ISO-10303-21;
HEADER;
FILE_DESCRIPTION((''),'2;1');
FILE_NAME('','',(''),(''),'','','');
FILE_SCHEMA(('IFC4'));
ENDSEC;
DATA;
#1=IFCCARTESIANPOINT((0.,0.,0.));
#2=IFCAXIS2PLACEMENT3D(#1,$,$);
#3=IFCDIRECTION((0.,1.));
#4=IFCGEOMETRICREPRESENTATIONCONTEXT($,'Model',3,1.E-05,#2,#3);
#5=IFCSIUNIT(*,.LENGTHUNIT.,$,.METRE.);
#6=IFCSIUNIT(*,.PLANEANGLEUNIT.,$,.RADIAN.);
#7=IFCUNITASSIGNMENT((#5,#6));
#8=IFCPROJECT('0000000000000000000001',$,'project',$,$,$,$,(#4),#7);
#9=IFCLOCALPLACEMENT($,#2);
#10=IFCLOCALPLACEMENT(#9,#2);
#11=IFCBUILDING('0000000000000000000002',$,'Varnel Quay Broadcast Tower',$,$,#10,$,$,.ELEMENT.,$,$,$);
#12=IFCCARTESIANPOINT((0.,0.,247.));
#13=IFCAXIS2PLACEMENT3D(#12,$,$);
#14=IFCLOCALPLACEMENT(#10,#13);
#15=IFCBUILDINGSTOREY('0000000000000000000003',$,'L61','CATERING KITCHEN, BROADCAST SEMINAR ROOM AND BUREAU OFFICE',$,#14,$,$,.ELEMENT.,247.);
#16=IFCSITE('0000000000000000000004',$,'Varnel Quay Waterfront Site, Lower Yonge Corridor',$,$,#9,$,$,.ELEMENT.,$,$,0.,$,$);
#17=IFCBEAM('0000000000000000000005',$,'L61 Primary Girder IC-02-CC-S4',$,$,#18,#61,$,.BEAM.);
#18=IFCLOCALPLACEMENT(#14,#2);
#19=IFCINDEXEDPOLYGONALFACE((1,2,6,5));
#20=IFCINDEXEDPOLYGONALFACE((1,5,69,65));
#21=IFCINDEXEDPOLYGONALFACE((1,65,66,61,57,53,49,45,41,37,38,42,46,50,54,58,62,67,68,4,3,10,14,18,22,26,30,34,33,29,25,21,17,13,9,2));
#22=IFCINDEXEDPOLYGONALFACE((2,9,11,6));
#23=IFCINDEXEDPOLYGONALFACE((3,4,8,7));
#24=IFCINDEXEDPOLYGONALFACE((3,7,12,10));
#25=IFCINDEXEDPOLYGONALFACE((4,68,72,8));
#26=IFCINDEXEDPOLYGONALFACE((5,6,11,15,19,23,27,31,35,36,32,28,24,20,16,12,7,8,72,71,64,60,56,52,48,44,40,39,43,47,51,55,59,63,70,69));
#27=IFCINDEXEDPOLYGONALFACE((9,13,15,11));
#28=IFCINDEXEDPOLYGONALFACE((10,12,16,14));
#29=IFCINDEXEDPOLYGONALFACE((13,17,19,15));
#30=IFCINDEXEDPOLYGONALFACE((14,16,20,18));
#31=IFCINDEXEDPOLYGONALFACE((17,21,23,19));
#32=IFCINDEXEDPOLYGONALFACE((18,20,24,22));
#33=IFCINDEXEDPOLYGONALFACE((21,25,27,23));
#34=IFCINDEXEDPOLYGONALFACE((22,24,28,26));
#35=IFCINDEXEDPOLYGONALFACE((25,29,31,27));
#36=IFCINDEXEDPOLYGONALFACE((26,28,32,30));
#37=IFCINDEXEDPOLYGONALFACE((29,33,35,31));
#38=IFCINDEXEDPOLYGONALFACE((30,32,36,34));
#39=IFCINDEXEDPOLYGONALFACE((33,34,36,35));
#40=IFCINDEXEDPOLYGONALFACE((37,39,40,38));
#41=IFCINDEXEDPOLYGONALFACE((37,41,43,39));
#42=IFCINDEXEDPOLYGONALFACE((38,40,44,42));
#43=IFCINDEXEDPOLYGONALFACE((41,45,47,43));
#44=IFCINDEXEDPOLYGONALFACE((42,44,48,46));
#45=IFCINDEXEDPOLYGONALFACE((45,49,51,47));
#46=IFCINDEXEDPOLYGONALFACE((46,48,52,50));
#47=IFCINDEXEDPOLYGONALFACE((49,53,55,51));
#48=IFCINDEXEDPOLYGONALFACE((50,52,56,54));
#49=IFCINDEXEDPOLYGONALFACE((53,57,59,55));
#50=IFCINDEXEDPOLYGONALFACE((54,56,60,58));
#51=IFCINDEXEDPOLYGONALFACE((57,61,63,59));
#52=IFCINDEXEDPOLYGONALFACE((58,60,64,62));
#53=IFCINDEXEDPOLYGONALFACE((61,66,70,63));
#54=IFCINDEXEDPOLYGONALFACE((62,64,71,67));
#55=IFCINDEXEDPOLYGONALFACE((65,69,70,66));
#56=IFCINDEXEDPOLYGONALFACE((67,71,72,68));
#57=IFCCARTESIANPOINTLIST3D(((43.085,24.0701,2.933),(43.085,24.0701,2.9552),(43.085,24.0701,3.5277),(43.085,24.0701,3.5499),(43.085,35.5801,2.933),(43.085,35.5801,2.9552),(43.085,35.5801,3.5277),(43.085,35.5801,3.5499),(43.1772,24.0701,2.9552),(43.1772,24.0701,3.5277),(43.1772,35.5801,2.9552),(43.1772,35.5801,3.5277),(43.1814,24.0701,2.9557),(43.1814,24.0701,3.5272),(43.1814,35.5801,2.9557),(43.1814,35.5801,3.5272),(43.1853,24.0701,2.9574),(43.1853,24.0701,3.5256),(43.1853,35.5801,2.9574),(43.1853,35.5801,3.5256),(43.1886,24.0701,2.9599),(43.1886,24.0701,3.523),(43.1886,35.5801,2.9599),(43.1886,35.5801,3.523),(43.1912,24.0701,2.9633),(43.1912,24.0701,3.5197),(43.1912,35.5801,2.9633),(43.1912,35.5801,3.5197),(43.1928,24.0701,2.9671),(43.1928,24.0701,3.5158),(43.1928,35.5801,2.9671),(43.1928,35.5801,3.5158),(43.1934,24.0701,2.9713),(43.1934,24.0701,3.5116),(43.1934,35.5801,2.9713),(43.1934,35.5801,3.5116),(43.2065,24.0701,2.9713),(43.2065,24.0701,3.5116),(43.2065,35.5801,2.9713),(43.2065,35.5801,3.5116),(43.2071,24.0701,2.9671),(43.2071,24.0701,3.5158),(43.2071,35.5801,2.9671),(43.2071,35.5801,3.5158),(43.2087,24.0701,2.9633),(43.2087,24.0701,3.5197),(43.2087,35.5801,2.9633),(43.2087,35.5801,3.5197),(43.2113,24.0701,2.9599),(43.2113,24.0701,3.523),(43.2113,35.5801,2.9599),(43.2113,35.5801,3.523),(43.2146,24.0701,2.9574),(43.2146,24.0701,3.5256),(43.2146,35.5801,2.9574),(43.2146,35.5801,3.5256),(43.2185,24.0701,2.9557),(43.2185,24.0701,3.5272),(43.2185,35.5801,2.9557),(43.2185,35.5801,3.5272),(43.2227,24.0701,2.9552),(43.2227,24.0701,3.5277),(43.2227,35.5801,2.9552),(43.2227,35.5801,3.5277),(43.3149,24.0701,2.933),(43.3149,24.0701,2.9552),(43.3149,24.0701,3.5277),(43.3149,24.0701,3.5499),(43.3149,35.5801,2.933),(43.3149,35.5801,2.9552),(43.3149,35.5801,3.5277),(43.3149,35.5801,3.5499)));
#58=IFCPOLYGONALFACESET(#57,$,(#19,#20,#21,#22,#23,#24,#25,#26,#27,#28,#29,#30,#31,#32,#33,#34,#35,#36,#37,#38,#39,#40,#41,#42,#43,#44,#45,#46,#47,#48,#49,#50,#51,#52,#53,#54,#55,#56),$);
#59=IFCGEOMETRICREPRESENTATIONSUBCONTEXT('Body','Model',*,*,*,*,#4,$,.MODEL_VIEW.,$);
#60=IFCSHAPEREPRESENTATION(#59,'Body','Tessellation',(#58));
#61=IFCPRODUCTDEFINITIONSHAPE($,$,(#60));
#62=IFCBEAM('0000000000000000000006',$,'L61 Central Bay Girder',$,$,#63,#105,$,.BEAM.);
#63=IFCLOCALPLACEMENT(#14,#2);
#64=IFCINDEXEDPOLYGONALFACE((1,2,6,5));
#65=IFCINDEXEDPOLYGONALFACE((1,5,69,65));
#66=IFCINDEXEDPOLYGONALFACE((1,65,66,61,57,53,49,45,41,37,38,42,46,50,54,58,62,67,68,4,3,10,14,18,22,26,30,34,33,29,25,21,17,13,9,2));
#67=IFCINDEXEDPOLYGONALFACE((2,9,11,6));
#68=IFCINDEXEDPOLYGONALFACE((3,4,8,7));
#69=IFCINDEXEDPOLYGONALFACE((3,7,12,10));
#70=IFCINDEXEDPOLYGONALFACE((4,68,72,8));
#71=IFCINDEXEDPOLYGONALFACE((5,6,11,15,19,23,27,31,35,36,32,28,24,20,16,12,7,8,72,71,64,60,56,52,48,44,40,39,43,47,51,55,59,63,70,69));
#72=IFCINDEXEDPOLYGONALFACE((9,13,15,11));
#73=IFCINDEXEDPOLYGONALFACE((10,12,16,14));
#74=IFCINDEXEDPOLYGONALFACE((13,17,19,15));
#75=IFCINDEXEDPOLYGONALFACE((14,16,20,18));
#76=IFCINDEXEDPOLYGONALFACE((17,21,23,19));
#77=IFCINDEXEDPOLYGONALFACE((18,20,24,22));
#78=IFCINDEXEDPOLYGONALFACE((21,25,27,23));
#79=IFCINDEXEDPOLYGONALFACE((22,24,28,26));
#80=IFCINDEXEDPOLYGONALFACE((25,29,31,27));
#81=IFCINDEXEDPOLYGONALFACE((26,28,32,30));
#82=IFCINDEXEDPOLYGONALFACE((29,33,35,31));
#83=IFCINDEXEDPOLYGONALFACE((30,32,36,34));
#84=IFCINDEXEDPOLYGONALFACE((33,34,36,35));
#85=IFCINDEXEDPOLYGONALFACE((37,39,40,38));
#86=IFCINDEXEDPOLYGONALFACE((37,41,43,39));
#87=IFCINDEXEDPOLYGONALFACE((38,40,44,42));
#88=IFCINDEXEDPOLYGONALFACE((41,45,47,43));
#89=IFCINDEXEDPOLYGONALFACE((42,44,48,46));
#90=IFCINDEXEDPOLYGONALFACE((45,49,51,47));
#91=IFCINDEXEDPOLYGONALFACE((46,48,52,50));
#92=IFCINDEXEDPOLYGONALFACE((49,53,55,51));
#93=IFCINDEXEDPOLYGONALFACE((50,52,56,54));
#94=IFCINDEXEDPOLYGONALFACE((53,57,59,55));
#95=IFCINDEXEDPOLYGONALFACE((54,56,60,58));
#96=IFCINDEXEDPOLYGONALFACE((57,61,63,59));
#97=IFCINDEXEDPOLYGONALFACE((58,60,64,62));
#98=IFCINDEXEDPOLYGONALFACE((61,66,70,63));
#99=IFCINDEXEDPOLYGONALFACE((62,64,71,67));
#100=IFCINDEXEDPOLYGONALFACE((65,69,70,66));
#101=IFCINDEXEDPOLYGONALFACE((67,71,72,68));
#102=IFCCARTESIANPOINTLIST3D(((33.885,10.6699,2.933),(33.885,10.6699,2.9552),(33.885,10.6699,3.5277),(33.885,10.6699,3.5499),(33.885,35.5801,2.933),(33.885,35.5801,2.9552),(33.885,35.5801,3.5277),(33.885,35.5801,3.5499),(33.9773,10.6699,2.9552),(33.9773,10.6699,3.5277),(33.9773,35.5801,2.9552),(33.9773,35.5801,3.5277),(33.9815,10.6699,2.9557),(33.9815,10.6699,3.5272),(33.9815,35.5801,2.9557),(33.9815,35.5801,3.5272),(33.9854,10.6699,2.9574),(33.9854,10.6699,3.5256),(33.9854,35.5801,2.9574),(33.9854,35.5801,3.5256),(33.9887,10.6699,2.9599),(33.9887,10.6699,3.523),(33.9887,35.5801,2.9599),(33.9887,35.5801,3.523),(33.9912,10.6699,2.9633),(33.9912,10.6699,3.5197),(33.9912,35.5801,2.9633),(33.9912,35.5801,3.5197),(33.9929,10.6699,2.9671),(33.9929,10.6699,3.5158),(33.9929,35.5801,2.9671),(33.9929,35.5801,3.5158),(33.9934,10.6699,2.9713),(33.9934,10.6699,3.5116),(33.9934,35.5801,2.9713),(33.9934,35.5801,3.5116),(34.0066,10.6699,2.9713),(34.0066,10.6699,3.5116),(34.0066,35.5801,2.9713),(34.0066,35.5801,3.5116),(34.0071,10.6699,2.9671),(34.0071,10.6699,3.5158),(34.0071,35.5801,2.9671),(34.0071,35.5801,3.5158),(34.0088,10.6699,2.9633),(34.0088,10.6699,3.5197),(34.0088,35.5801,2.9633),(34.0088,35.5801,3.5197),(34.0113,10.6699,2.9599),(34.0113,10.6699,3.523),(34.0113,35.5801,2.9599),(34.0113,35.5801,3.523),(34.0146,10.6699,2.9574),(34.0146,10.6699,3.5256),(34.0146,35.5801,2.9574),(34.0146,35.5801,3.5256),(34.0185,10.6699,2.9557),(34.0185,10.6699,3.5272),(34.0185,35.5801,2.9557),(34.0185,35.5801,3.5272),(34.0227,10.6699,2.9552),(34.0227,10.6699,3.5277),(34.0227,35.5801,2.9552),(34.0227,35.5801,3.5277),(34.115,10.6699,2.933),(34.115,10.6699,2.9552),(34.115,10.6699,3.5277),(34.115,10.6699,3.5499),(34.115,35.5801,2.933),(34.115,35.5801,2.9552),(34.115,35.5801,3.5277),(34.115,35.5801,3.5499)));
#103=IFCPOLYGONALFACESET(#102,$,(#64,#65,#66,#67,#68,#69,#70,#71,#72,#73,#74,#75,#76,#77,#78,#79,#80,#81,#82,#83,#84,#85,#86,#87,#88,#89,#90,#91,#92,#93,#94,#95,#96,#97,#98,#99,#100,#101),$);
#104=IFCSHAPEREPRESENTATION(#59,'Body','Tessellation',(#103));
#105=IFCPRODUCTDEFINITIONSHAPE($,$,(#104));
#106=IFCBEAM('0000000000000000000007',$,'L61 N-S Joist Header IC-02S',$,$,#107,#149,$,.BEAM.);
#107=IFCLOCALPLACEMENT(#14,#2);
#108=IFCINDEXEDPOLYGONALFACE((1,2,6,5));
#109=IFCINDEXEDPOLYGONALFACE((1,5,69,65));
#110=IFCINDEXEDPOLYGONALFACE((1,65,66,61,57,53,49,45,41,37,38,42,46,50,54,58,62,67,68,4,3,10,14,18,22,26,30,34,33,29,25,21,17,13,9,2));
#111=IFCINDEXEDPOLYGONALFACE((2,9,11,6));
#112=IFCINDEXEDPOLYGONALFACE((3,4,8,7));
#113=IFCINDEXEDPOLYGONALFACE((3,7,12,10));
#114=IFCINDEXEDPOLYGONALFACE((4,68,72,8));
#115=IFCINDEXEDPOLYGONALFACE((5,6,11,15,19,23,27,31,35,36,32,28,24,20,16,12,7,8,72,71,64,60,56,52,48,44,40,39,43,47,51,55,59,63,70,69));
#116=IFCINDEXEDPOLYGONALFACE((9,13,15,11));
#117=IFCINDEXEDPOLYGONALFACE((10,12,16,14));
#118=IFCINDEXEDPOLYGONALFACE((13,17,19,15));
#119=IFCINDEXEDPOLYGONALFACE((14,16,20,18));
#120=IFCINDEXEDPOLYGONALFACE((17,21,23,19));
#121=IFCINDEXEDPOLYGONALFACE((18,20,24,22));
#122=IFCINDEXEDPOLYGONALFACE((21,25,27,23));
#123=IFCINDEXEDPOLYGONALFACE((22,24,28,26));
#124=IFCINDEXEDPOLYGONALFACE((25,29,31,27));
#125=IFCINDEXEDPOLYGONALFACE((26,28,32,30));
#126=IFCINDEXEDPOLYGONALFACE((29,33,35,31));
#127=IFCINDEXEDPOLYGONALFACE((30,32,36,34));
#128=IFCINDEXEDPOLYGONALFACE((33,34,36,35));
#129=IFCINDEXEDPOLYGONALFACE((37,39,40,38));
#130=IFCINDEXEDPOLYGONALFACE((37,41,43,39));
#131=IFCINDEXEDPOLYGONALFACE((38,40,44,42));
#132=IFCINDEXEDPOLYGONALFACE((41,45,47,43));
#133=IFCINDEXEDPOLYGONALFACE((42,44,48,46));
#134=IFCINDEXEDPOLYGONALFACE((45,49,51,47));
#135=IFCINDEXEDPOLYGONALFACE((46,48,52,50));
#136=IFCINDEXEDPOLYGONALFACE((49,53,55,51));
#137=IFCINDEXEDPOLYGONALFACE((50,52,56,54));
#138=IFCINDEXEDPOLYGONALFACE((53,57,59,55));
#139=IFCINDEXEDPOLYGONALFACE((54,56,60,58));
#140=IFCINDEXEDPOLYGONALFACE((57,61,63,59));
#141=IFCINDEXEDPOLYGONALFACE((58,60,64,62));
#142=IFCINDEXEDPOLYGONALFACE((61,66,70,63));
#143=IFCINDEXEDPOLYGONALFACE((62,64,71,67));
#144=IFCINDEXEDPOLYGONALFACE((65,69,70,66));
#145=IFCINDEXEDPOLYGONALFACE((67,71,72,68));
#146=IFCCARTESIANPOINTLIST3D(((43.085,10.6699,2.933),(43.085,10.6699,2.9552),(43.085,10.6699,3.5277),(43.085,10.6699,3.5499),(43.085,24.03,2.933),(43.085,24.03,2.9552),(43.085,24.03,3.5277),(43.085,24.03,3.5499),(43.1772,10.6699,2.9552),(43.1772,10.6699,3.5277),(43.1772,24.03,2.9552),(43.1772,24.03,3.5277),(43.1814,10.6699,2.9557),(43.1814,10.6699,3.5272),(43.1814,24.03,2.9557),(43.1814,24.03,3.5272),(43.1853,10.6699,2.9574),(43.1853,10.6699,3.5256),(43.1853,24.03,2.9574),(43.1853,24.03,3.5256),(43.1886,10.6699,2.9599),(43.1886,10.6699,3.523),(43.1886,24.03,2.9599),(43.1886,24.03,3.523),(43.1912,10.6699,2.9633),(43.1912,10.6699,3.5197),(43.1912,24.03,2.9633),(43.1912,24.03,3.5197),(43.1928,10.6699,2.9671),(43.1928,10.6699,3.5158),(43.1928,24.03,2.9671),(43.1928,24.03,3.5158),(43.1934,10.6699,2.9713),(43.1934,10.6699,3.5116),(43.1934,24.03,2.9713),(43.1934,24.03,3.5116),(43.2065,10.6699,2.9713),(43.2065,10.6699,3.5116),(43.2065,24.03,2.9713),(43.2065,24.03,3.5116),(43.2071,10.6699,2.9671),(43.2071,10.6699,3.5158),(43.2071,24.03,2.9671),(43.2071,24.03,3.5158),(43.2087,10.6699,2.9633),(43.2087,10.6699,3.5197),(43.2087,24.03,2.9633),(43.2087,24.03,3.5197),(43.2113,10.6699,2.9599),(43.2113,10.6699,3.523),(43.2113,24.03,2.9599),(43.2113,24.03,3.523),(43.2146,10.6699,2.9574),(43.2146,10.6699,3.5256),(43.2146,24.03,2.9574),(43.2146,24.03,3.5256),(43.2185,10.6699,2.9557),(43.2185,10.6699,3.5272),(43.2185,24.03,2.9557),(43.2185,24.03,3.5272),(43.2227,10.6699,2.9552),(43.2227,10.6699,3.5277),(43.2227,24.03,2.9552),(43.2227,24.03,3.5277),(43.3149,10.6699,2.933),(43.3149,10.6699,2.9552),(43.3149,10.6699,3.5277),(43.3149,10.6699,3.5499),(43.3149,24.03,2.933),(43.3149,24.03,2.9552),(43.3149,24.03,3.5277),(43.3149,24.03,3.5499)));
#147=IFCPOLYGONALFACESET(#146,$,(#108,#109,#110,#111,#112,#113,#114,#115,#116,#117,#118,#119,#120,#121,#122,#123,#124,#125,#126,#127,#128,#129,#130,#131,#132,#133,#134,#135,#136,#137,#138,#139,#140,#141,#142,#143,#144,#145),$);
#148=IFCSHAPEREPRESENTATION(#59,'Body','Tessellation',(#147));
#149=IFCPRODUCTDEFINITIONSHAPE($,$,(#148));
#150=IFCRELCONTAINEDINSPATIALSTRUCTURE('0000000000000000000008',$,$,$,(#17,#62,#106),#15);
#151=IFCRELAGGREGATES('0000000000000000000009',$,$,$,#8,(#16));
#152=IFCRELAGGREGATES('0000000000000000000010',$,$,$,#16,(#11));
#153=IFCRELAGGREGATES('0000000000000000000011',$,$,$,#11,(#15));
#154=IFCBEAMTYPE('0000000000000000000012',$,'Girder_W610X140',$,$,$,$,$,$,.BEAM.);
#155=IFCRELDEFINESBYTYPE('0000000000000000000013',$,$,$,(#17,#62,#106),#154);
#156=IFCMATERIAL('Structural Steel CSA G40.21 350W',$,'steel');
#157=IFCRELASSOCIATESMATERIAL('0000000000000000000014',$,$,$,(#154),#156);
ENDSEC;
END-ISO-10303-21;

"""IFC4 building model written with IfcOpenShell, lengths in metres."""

from ifc_helpers import new_model, si_unit, direction, frame, origin, origin_2d, place, context, subcontext, project, spatial, i_section, extrude, source, transform, mapped, material, material_profile, profile_set, type_object, element, save


model = new_model("IFC4")

# Units and contexts
model_context = context("Model", 3, precision=1e-05, world=origin(), true_north=direction((0.0, 1.0)))
body_context = subcontext(model_context, "Body", "Model", "MODEL_VIEW")
ifc_project = project(units=[si_unit("LENGTHUNIT", "METRE"), si_unit("PLANEANGLEUNIT", "RADIAN")], contexts=[model_context])

# Site, building, storey
site_placement = place(None, origin())
site = spatial("IfcSite", under=ifc_project, at=site_placement, Name="Varnel Quay Waterfront Site, Lower Yonge Corridor", CompositionType="ELEMENT", RefElevation=0.0)
building_placement = place(site_placement, origin())
building = spatial("IfcBuilding", under=site, at=building_placement, Name="Varnel Quay Broadcast Tower", CompositionType="ELEMENT")
storey_placement = place(building_placement, frame((0.0, 0.0, 247.0)))
storey = spatial("IfcBuildingStorey", under=building, at=storey_placement, Name="L61", Description="CATERING KITCHEN, BROADCAST SEMINAR ROOM AND BUREAU OFFICE", CompositionType="ELEMENT", Elevation=247.0)

# Shared definitions
ifc_material_1 = material(Name="Structural Steel CSA G40.21 350W", Category="steel")

# Beams
ifc_material_profile_1 = material_profile(ifc_material_1, i_section(OverallWidth=0.23, OverallDepth=0.6169, WebThickness=0.0132, FlangeThickness=0.0222, FilletRadius=0.0161, at=origin_2d()), Name="W610X140")
ifc_profile_set_1 = profile_set([ifc_material_profile_1], Name="Structural Steel CSA G40.21 350W")
beam_type_1 = type_object("IfcBeamType", Name="Girder_W610X140", PredefinedType="BEAM", material=ifc_profile_set_1)
shared_shape_1 = source(origin(), body_context, "Body", "SweptSolid", [
    extrude(i_section(OverallWidth=0.23, OverallDepth=0.6169, WebThickness=0.0132, FlangeThickness=0.0222, FilletRadius=0.0161, at=origin_2d()), origin(), (0.0, 0.0, 1.0), 11.51),
])
beam_1_placement = place(storey_placement, frame((43.2, 24.0701, 3.2415), z_axis=(0.0, 1.0, 0.0), x_axis=(-1.0, 0.0, 0.0)))
element("IfcBeam", 1, at=beam_1_placement, inside=storey, type_object=beam_type_1, Name="L61 Primary Girder IC-02-CC-S4", PredefinedType="BEAM", context=body_context, shape_type="MappedRepresentation", body=[
    mapped(shared_shape_1, transform((0.0, 0.0, 0.0), x_axis=(1.0, 0.0, 0.0), y_axis=(0.0, 1.0, 0.0), z_axis=(0.0, 0.0, 1.0), scale=1.0)),
])
shared_shape_2 = source(origin(), body_context, "Body", "SweptSolid", [
    extrude(i_section(OverallWidth=0.23, OverallDepth=0.6169, WebThickness=0.0132, FlangeThickness=0.0222, FilletRadius=0.0161, at=origin_2d()), origin(), (0.0, 0.0, 1.0), 24.9102),
])
beam_2_placement = place(storey_placement, frame((34.0, 10.6699, 3.2415), z_axis=(0.0, 1.0, 0.0), x_axis=(-1.0, 0.0, 0.0)))
element("IfcBeam", 2, at=beam_2_placement, inside=storey, type_object=beam_type_1, Name="L61 Central Bay Girder", PredefinedType="BEAM", context=body_context, shape_type="MappedRepresentation", body=[
    mapped(shared_shape_2, transform((0.0, 0.0, 0.0), x_axis=(1.0, 0.0, 0.0), y_axis=(0.0, 1.0, 0.0), z_axis=(0.0, 0.0, 1.0), scale=1.0)),
])
shared_shape_3 = source(origin(), body_context, "Body", "SweptSolid", [
    extrude(i_section(OverallWidth=0.23, OverallDepth=0.6169, WebThickness=0.0132, FlangeThickness=0.0222, FilletRadius=0.0161, at=origin_2d()), origin(), (0.0, 0.0, 1.0), 13.3601),
])
beam_3_placement = place(storey_placement, frame((43.2, 10.6699, 3.2415), z_axis=(0.0, 1.0, 0.0), x_axis=(-1.0, 0.0, 0.0)))
element("IfcBeam", 3, at=beam_3_placement, inside=storey, type_object=beam_type_1, Name="L61 N-S Joist Header IC-02S", PredefinedType="BEAM", context=body_context, shape_type="MappedRepresentation", body=[
    mapped(shared_shape_3, transform((0.0, 0.0, 0.0), x_axis=(1.0, 0.0, 0.0), y_axis=(0.0, 1.0, 0.0), z_axis=(0.0, 0.0, 1.0), scale=1.0)),
])

save(model, "model.ifc")
